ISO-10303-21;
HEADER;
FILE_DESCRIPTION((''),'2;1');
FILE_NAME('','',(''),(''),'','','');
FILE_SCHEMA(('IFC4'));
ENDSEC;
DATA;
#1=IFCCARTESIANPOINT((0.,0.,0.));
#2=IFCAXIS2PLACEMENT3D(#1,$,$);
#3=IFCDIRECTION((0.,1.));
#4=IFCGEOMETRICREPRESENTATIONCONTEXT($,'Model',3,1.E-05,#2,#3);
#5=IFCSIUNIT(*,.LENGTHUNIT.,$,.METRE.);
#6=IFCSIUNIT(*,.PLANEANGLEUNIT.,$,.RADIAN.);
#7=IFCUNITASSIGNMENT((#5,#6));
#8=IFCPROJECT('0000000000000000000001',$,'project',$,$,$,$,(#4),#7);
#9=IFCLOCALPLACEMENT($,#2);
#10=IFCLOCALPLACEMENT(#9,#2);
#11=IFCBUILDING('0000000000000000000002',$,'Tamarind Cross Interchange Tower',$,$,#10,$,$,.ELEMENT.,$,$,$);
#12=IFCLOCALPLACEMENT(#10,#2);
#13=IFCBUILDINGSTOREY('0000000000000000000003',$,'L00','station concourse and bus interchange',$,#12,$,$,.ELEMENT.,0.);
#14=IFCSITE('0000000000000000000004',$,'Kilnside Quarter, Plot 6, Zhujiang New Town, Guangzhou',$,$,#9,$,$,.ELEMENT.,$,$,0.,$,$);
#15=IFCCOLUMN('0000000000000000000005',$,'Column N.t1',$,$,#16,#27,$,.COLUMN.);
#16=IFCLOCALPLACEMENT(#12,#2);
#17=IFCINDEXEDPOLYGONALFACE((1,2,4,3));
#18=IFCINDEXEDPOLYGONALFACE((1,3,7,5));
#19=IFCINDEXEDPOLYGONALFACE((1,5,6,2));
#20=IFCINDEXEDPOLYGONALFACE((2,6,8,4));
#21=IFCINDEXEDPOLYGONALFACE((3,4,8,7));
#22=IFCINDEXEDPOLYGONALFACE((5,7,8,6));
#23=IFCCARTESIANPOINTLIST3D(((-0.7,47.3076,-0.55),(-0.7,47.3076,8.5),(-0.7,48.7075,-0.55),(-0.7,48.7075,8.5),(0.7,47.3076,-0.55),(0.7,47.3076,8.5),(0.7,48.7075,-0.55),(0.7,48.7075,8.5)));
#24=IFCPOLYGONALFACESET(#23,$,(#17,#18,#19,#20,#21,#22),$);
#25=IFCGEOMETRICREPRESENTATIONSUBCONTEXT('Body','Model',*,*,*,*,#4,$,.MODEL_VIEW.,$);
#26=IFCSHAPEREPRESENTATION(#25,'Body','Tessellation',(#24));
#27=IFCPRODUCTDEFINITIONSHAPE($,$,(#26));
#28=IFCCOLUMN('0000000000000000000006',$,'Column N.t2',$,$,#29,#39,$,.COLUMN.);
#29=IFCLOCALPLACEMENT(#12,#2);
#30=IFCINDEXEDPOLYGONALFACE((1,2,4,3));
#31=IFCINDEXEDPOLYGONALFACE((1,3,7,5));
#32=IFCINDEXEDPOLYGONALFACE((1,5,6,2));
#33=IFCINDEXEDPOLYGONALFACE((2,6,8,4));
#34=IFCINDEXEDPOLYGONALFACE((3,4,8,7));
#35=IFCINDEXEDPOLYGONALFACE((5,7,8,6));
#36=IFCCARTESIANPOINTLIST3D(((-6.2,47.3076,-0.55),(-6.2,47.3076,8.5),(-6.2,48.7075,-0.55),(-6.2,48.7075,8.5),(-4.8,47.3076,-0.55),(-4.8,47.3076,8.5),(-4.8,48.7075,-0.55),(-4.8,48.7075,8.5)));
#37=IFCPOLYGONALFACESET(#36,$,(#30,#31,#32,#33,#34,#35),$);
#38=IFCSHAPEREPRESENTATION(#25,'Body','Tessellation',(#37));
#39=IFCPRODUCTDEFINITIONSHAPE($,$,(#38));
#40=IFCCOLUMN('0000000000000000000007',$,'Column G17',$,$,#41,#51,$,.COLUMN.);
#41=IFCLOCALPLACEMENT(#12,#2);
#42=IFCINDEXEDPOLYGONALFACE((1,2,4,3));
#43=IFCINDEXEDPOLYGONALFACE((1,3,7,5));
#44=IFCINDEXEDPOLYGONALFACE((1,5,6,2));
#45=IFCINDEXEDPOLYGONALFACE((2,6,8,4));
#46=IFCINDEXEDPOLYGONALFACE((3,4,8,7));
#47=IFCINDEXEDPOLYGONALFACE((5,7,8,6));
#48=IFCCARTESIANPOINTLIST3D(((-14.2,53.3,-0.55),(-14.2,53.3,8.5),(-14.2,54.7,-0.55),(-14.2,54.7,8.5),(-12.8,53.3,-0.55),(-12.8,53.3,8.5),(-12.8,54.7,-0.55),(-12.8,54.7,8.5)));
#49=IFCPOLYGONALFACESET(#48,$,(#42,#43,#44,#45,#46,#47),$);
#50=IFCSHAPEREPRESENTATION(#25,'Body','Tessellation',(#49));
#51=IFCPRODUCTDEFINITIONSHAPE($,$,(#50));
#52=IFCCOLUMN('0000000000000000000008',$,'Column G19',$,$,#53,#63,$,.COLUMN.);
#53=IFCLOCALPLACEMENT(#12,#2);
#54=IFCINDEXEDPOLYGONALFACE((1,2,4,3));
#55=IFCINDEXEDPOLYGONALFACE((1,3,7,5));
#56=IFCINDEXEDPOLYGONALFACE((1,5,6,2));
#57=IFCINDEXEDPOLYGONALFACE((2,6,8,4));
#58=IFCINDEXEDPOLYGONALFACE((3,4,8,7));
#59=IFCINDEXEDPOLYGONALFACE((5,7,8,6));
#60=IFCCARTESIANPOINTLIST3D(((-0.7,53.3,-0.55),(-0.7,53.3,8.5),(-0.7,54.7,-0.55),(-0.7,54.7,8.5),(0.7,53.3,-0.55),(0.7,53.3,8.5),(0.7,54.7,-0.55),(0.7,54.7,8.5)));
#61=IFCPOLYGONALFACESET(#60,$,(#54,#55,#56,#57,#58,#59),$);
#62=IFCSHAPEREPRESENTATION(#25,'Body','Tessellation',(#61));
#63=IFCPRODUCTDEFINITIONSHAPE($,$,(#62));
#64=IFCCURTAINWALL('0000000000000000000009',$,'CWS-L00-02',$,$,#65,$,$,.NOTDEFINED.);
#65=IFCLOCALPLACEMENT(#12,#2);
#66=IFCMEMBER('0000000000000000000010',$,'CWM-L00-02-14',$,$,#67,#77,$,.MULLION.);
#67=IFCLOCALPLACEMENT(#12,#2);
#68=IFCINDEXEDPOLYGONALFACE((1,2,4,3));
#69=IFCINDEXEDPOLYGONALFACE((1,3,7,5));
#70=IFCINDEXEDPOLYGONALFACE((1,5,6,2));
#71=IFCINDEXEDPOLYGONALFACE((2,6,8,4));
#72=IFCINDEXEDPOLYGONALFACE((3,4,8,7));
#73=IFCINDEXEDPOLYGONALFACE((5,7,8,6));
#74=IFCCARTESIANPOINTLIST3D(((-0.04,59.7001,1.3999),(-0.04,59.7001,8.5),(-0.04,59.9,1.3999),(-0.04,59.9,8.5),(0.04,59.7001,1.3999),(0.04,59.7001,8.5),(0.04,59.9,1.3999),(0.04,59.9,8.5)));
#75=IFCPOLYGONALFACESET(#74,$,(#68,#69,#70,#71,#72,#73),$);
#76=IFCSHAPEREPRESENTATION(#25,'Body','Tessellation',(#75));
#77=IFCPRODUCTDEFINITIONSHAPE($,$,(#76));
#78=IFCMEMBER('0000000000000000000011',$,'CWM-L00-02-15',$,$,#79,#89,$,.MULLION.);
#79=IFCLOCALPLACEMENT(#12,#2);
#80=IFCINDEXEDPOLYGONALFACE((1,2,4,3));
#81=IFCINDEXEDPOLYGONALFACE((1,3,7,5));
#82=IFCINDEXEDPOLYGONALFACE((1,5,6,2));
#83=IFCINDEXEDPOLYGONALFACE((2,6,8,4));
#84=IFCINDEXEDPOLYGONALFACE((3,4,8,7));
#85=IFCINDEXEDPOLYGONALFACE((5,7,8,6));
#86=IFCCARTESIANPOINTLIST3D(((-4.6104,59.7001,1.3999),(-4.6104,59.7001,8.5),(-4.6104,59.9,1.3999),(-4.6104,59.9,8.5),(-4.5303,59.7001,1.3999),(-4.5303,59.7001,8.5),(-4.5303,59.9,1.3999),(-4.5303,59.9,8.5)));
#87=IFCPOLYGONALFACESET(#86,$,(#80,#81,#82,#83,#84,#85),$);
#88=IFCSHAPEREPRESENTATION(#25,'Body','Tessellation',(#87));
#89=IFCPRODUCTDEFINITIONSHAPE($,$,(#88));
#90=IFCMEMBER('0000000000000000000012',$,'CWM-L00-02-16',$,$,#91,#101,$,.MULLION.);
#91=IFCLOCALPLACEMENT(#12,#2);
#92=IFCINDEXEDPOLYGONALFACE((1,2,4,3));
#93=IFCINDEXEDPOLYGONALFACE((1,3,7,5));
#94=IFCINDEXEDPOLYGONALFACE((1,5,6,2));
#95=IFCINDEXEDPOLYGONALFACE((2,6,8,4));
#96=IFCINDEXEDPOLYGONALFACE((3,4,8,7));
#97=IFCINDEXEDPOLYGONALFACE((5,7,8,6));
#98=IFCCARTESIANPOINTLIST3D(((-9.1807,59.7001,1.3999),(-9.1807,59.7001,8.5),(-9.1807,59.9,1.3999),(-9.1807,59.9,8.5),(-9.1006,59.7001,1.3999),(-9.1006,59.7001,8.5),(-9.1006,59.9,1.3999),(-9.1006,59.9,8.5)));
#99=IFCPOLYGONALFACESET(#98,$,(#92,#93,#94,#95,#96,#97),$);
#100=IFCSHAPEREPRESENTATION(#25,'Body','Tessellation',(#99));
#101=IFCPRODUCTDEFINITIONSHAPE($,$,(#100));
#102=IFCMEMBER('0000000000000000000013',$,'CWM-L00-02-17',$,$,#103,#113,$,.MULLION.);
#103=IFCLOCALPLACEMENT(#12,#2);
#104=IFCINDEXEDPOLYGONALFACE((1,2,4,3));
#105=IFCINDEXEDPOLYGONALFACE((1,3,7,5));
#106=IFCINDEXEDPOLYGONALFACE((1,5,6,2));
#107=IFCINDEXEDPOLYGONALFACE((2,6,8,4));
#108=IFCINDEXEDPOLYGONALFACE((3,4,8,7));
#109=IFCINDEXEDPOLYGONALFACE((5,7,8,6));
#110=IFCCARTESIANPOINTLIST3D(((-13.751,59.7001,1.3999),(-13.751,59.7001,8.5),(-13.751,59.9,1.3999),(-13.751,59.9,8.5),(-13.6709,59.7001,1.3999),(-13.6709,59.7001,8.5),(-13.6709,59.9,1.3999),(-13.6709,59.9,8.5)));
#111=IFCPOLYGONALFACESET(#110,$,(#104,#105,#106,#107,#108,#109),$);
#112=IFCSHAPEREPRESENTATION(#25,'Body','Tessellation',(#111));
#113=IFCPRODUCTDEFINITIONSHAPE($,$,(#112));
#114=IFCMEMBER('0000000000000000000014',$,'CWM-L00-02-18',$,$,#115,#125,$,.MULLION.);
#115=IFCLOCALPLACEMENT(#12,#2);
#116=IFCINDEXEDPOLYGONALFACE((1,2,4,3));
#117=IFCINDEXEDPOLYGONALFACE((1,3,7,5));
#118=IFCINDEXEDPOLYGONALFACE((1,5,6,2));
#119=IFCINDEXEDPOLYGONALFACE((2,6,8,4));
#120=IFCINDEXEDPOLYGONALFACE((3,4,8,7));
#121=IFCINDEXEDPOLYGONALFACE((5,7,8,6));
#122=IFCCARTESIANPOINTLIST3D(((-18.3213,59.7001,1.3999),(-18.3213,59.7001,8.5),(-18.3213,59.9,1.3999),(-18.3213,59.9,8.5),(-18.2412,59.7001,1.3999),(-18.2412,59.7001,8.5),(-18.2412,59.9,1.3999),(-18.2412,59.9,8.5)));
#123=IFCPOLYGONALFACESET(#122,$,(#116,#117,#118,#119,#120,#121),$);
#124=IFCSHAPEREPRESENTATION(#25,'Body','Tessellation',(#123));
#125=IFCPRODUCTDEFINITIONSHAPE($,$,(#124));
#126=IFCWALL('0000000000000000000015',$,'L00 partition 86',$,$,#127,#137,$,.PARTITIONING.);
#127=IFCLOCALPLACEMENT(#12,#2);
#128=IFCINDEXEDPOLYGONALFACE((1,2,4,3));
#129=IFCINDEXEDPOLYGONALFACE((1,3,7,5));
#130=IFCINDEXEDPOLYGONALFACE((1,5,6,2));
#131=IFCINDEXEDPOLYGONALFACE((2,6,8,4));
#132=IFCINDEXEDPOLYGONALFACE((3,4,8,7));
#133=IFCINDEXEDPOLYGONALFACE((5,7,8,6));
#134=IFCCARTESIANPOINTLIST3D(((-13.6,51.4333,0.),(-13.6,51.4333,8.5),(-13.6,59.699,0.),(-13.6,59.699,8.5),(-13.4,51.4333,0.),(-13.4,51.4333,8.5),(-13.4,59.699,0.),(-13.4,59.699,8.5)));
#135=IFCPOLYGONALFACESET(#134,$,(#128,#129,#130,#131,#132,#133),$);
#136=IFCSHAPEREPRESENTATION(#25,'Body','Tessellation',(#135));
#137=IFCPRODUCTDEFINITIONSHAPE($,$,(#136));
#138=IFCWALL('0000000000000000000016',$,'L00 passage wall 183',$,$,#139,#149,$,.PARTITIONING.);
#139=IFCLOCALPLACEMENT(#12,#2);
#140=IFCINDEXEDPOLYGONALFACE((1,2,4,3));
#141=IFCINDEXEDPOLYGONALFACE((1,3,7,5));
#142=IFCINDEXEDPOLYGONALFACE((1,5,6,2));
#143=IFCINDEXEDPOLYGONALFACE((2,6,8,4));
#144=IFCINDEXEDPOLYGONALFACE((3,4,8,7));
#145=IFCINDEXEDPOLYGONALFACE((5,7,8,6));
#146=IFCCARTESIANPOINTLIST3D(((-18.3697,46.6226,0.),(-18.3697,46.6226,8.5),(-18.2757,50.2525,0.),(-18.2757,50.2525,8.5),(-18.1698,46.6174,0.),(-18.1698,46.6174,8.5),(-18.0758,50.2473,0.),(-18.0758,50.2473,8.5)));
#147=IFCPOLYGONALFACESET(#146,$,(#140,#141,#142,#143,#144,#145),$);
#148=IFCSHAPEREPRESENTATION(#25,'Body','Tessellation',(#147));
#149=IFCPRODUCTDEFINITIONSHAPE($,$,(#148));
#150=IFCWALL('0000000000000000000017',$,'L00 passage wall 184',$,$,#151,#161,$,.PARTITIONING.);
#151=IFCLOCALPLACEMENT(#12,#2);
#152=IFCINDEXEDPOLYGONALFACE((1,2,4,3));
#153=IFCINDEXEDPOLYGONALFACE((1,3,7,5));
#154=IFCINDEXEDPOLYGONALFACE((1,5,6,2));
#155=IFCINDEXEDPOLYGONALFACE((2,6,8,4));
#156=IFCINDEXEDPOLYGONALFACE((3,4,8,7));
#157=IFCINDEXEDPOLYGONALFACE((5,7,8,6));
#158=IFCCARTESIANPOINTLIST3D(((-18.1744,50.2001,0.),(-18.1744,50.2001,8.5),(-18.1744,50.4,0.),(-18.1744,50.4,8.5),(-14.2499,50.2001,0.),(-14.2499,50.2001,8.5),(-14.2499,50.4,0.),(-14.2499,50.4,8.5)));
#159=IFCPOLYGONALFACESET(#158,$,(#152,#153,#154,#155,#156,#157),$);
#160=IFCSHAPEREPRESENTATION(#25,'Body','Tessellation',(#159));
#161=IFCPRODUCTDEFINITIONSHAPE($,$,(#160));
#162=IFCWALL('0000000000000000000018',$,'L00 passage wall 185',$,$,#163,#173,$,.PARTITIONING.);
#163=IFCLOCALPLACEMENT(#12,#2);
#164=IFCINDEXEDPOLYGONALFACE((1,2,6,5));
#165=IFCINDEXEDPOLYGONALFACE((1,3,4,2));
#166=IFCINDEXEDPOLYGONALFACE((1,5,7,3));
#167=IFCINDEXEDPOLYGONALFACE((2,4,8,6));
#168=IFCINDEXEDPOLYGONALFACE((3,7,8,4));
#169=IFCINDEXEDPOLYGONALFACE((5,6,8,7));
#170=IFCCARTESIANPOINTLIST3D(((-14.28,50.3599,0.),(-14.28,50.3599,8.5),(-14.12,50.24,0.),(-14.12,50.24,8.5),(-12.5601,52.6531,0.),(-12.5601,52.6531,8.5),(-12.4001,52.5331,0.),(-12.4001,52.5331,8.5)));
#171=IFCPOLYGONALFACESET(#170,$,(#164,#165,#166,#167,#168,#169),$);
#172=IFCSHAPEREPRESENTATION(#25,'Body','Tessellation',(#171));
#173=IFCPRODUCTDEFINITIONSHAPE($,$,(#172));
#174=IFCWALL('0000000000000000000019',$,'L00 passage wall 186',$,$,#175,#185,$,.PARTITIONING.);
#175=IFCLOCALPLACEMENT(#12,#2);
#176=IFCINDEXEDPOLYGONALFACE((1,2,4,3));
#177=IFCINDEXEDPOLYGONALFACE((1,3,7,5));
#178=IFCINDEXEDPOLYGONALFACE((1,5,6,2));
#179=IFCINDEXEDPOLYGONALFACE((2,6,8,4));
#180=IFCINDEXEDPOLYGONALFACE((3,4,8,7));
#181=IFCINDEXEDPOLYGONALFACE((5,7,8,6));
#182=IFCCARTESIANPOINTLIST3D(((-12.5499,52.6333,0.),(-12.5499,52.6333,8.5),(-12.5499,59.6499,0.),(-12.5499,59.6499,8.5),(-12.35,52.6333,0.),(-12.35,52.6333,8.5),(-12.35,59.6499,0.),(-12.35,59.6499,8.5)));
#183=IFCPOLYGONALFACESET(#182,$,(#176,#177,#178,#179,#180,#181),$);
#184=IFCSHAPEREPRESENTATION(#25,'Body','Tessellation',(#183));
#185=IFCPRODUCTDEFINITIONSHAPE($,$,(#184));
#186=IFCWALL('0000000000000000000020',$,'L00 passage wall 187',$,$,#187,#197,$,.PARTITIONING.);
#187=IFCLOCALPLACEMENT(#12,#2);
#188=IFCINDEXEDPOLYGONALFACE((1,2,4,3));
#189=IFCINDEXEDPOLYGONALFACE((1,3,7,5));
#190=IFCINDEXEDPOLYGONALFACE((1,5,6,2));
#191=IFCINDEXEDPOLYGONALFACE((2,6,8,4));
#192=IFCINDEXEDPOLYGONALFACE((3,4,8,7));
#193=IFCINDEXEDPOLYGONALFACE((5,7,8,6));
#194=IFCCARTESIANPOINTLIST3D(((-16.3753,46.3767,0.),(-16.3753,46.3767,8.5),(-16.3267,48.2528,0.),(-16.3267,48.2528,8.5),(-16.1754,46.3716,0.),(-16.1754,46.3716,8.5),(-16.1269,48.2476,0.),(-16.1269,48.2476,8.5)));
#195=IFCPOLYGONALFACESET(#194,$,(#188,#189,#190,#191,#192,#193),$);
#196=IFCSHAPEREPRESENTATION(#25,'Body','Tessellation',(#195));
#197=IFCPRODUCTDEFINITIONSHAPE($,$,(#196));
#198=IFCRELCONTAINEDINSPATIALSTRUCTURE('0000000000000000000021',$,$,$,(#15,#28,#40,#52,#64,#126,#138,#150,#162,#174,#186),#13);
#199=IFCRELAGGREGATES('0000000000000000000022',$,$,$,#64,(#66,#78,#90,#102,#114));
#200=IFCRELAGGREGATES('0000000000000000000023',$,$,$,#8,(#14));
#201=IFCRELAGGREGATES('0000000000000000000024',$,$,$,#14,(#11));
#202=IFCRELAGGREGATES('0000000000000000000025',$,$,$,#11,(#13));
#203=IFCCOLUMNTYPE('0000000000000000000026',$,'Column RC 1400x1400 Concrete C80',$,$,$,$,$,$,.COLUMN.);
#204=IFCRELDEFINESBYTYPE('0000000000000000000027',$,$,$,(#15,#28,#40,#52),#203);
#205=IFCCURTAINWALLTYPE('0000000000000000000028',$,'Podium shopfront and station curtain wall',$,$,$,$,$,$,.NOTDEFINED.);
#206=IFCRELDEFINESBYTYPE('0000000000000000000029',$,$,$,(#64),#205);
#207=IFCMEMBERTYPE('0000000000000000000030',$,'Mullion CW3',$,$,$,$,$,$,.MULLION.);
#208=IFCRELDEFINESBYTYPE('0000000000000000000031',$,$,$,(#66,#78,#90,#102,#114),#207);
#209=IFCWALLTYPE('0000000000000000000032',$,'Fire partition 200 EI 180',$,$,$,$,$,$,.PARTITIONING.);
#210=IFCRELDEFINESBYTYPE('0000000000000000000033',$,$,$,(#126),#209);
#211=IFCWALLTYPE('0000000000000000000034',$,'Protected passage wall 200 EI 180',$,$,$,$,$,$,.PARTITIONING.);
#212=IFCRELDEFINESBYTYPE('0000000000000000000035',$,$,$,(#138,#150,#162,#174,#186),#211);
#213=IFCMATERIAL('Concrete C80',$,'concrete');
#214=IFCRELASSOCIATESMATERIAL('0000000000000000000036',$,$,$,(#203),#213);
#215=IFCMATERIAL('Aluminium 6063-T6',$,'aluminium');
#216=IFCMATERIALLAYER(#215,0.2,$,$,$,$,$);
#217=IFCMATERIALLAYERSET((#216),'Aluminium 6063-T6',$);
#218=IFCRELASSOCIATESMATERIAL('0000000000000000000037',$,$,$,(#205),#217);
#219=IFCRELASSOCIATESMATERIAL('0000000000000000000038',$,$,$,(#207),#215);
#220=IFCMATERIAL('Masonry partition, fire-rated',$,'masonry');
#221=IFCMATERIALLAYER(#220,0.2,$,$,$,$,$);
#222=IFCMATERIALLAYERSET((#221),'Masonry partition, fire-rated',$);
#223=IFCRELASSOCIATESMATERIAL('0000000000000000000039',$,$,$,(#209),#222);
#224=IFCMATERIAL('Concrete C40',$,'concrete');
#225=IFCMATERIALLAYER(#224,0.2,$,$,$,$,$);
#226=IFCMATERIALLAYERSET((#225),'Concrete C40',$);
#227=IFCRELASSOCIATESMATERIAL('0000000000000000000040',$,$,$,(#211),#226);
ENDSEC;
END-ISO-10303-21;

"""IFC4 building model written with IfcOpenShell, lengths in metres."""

from ifc_helpers import new_model, si_unit, direction, frame, frame_2d, origin, origin_2d, place, context, subcontext, project, spatial, rectangle, extrude, material, layer, layer_set, material_profile, profile_set, type_object, element, aggregate, save


model = new_model("IFC4")

# Units and contexts
model_context = context("Model", 3, precision=1e-05, world=origin(), true_north=direction((0.0, 1.0)))
body_context = subcontext(model_context, "Body", "Model", "MODEL_VIEW")
ifc_project = project(units=[si_unit("LENGTHUNIT", "METRE"), si_unit("PLANEANGLEUNIT", "RADIAN")], contexts=[model_context])

# Site, building, storey
site_placement = place(None, origin())
site = spatial("IfcSite", under=ifc_project, at=site_placement, Name="Kilnside Quarter, Plot 6, Zhujiang New Town, Guangzhou", CompositionType="ELEMENT", RefElevation=0.0)
building_placement = place(site_placement, origin())
building = spatial("IfcBuilding", under=site, at=building_placement, Name="Tamarind Cross Interchange Tower", CompositionType="ELEMENT")
storey_placement = place(building_placement, origin())
storey = spatial("IfcBuildingStorey", under=building, at=storey_placement, Name="L00", Description="station concourse and bus interchange", CompositionType="ELEMENT", Elevation=0.0)

# Columns
ifc_material_1 = material(Name="Concrete C80", Category="concrete")
ifc_material_profile_1 = material_profile(ifc_material_1, rectangle(XDim=1.3999, YDim=1.3999, at=origin_2d()), Name="RC 1400x1400")
ifc_profile_set_1 = profile_set([ifc_material_profile_1], Name="Concrete C80")
column_type = type_object("IfcColumnType", Name="Column RC 1400x1400 Concrete C80", PredefinedType="COLUMN", material=ifc_profile_set_1)
for number, where, z_axis, x_axis, name in (
    (1, (0.0, 48.0076, -0.55), (0.0, 0.0, 1.0), (1.0, 0.0, 0.0), "Column N.t1"),
    (2, (-5.5, 48.0076, -0.55), (0.0, 0.0, 1.0), (1.0, 0.0, 0.0), "Column N.t2"),
    (3, (-13.5, 54.0, -0.55), (0.0, 0.0, 1.0), (1.0, 0.0, 0.0), "Column G17"),
    (4, (0.0, 54.0, -0.55), (0.0, 0.0, 1.0), (1.0, 0.0, 0.0), "Column G19"),
):
    element("IfcColumn", number, at=place(storey_placement, frame(where, z_axis=z_axis, x_axis=x_axis)), inside=storey, type_object=column_type, Name=name, PredefinedType="COLUMN", context=body_context, shape_type="SweptSolid", body=[
        extrude(rectangle(XDim=1.3999, YDim=1.3999, at=origin_2d()), origin(), (0.0, 0.0, 1.0), 9.05),
    ])

# Curtain wall, members
ifc_material_2 = material(Name="Aluminium 6063-T6", Category="aluminium")
ifc_layer_1 = layer(ifc_material_2, 0.2)
ifc_layer_set_1 = layer_set([ifc_layer_1], Name="Aluminium 6063-T6")
curtain_wall_type = type_object("IfcCurtainWallType", Name="Podium shopfront and station curtain wall", PredefinedType="NOTDEFINED", material=ifc_layer_set_1)
curtain_wall_placement = place(storey_placement, origin())
curtain_wall = element("IfcCurtainWall", 5, at=curtain_wall_placement, inside=storey, type_object=curtain_wall_type, Name="CWS-L00-02", PredefinedType="NOTDEFINED")
ifc_material_profile_2 = material_profile(ifc_material_2, rectangle(XDim=0.0801, YDim=0.2, at=origin_2d()), Name="Mullion CW3")
ifc_profile_set_2 = profile_set([ifc_material_profile_2], Name="Aluminium 6063-T6")
member_type = type_object("IfcMemberType", Name="Mullion CW3", PredefinedType="MULLION", material=ifc_profile_set_2)
member_1_placement = place(storey_placement, frame((0.0, 59.8, 1.3999), z_axis=(0.0, 0.0, 1.0), x_axis=(-1.0, 0.0, 0.0)))
member_1 = element("IfcMember", 6, at=member_1_placement, type_object=member_type, Name="CWM-L00-02-14", PredefinedType="MULLION", context=body_context, shape_type="SweptSolid", body=[
    extrude(rectangle(XDim=0.0801, YDim=0.2, at=origin_2d()), origin(), (0.0, 0.0, 1.0), 7.1001),
])
member_2_placement = place(storey_placement, frame((-4.5703, 59.8, 1.3999), z_axis=(0.0, 0.0, 1.0), x_axis=(-1.0, 0.0, 0.0)))
member_2 = element("IfcMember", 7, at=member_2_placement, type_object=member_type, Name="CWM-L00-02-15", PredefinedType="MULLION", context=body_context, shape_type="SweptSolid", body=[
    extrude(rectangle(XDim=0.0801, YDim=0.2, at=origin_2d()), origin(), (0.0, 0.0, 1.0), 7.1001),
])
member_3_placement = place(storey_placement, frame((-9.1406, 59.8, 1.3999), z_axis=(0.0, 0.0, 1.0), x_axis=(-1.0, 0.0, 0.0)))
member_3 = element("IfcMember", 8, at=member_3_placement, type_object=member_type, Name="CWM-L00-02-16", PredefinedType="MULLION", context=body_context, shape_type="SweptSolid", body=[
    extrude(rectangle(XDim=0.0801, YDim=0.2, at=origin_2d()), origin(), (0.0, 0.0, 1.0), 7.1001),
])
member_4_placement = place(storey_placement, frame((-13.7109, 59.8, 1.3999), z_axis=(0.0, 0.0, 1.0), x_axis=(-1.0, 0.0, 0.0)))
member_4 = element("IfcMember", 9, at=member_4_placement, type_object=member_type, Name="CWM-L00-02-17", PredefinedType="MULLION", context=body_context, shape_type="SweptSolid", body=[
    extrude(rectangle(XDim=0.0801, YDim=0.2, at=origin_2d()), origin(), (0.0, 0.0, 1.0), 7.1001),
])
member_5_placement = place(storey_placement, frame((-18.2812, 59.8, 1.3999), z_axis=(0.0, 0.0, 1.0), x_axis=(-1.0, 0.0, 0.0)))
member_5 = element("IfcMember", 10, at=member_5_placement, type_object=member_type, Name="CWM-L00-02-18", PredefinedType="MULLION", context=body_context, shape_type="SweptSolid", body=[
    extrude(rectangle(XDim=0.0801, YDim=0.2, at=origin_2d()), origin(), (0.0, 0.0, 1.0), 7.1001),
])
aggregate(curtain_wall, [member_1, member_2, member_3, member_4, member_5])

# Wall
ifc_material_3 = material(Name="Masonry partition, fire-rated", Category="masonry")
ifc_layer_2 = layer(ifc_material_3, 0.2)
ifc_layer_set_2 = layer_set([ifc_layer_2], Name="Masonry partition, fire-rated")
wall_type_1 = type_object("IfcWallType", Name="Fire partition 200 EI 180", PredefinedType="PARTITIONING", material=ifc_layer_set_2)
wall_1_placement = place(storey_placement, frame((-13.5, 51.4333, 0.0), z_axis=(0.0, 0.0, 1.0), x_axis=(0.0, 1.0, 0.0)))
element("IfcWall", 11, at=wall_1_placement, inside=storey, type_object=wall_type_1, Name="L00 partition 86", PredefinedType="PARTITIONING", context=body_context, shape_type="SweptSolid", body=[
    extrude(rectangle(XDim=8.2656, YDim=0.2, at=frame_2d((4.1328, 0.0))), origin(), (0.0, 0.0, 1.0), 8.5),
])

# Walls
ifc_material_4 = material(Name="Concrete C40", Category="concrete")
ifc_layer_3 = layer(ifc_material_4, 0.2)
ifc_layer_set_3 = layer_set([ifc_layer_3], Name="Concrete C40")
wall_type_2 = type_object("IfcWallType", Name="Protected passage wall 200 EI 180", PredefinedType="PARTITIONING", material=ifc_layer_set_3)
wall_2_placement = place(storey_placement, frame((-18.2698, 46.6201, 0.0), z_axis=(0.0, 0.0, 1.0), x_axis=(0.025886, 0.999665, 0.0)))
element("IfcWall", 12, at=wall_2_placement, inside=storey, type_object=wall_type_2, Name="L00 passage wall 183", PredefinedType="PARTITIONING", context=body_context, shape_type="SweptSolid", body=[
    extrude(rectangle(XDim=3.6311, YDim=0.2, at=frame_2d((1.8154, 0.0))), origin(), (0.0, 0.0, 1.0), 8.5),
])
wall_3_placement = place(storey_placement, frame((-18.1746, 50.3, 0.0), z_axis=(0.0, 0.0, 1.0), x_axis=(1.0, 0.0, 0.0)))
element("IfcWall", 13, at=wall_3_placement, inside=storey, type_object=wall_type_2, Name="L00 passage wall 184", PredefinedType="PARTITIONING", context=body_context, shape_type="SweptSolid", body=[
    extrude(rectangle(XDim=3.9246, YDim=0.2, at=frame_2d((1.9624, 0.0))), origin(), (0.0, 0.0, 1.0), 8.5),
])
wall_4_placement = place(storey_placement, frame((-14.2, 50.3, 0.0), z_axis=(0.0, 0.0, 1.0), x_axis=(0.600014, 0.79999, 0.0)))
element("IfcWall", 14, at=wall_4_placement, inside=storey, type_object=wall_type_2, Name="L00 passage wall 185", PredefinedType="PARTITIONING", context=body_context, shape_type="SweptSolid", body=[
    extrude(rectangle(XDim=2.8665, YDim=0.2, at=frame_2d((1.4331, 0.0))), origin(), (0.0, 0.0, 1.0), 8.5),
])
wall_5_placement = place(storey_placement, frame((-12.45, 52.6333, 0.0), z_axis=(0.0, 0.0, 1.0), x_axis=(0.0, 1.0, 0.0)))
element("IfcWall", 15, at=wall_5_placement, inside=storey, type_object=wall_type_2, Name="L00 passage wall 186", PredefinedType="PARTITIONING", context=body_context, shape_type="SweptSolid", body=[
    extrude(rectangle(XDim=7.0166, YDim=0.2, at=frame_2d((3.5083, 0.0))), origin(), (0.0, 0.0, 1.0), 8.5),
])
wall_6_placement = place(storey_placement, frame((-16.2754, 46.374, 0.0), z_axis=(0.0, 0.0, 1.0), x_axis=(0.025889, 0.999665, 0.0)))
element("IfcWall", 16, at=wall_6_placement, inside=storey, type_object=wall_type_2, Name="L00 passage wall 187", PredefinedType="PARTITIONING", context=body_context, shape_type="SweptSolid", body=[
    extrude(rectangle(XDim=1.8767, YDim=0.2, at=frame_2d((0.9385, 0.0))), origin(), (0.0, 0.0, 1.0), 8.5),
])

save(model, "model.ifc")
